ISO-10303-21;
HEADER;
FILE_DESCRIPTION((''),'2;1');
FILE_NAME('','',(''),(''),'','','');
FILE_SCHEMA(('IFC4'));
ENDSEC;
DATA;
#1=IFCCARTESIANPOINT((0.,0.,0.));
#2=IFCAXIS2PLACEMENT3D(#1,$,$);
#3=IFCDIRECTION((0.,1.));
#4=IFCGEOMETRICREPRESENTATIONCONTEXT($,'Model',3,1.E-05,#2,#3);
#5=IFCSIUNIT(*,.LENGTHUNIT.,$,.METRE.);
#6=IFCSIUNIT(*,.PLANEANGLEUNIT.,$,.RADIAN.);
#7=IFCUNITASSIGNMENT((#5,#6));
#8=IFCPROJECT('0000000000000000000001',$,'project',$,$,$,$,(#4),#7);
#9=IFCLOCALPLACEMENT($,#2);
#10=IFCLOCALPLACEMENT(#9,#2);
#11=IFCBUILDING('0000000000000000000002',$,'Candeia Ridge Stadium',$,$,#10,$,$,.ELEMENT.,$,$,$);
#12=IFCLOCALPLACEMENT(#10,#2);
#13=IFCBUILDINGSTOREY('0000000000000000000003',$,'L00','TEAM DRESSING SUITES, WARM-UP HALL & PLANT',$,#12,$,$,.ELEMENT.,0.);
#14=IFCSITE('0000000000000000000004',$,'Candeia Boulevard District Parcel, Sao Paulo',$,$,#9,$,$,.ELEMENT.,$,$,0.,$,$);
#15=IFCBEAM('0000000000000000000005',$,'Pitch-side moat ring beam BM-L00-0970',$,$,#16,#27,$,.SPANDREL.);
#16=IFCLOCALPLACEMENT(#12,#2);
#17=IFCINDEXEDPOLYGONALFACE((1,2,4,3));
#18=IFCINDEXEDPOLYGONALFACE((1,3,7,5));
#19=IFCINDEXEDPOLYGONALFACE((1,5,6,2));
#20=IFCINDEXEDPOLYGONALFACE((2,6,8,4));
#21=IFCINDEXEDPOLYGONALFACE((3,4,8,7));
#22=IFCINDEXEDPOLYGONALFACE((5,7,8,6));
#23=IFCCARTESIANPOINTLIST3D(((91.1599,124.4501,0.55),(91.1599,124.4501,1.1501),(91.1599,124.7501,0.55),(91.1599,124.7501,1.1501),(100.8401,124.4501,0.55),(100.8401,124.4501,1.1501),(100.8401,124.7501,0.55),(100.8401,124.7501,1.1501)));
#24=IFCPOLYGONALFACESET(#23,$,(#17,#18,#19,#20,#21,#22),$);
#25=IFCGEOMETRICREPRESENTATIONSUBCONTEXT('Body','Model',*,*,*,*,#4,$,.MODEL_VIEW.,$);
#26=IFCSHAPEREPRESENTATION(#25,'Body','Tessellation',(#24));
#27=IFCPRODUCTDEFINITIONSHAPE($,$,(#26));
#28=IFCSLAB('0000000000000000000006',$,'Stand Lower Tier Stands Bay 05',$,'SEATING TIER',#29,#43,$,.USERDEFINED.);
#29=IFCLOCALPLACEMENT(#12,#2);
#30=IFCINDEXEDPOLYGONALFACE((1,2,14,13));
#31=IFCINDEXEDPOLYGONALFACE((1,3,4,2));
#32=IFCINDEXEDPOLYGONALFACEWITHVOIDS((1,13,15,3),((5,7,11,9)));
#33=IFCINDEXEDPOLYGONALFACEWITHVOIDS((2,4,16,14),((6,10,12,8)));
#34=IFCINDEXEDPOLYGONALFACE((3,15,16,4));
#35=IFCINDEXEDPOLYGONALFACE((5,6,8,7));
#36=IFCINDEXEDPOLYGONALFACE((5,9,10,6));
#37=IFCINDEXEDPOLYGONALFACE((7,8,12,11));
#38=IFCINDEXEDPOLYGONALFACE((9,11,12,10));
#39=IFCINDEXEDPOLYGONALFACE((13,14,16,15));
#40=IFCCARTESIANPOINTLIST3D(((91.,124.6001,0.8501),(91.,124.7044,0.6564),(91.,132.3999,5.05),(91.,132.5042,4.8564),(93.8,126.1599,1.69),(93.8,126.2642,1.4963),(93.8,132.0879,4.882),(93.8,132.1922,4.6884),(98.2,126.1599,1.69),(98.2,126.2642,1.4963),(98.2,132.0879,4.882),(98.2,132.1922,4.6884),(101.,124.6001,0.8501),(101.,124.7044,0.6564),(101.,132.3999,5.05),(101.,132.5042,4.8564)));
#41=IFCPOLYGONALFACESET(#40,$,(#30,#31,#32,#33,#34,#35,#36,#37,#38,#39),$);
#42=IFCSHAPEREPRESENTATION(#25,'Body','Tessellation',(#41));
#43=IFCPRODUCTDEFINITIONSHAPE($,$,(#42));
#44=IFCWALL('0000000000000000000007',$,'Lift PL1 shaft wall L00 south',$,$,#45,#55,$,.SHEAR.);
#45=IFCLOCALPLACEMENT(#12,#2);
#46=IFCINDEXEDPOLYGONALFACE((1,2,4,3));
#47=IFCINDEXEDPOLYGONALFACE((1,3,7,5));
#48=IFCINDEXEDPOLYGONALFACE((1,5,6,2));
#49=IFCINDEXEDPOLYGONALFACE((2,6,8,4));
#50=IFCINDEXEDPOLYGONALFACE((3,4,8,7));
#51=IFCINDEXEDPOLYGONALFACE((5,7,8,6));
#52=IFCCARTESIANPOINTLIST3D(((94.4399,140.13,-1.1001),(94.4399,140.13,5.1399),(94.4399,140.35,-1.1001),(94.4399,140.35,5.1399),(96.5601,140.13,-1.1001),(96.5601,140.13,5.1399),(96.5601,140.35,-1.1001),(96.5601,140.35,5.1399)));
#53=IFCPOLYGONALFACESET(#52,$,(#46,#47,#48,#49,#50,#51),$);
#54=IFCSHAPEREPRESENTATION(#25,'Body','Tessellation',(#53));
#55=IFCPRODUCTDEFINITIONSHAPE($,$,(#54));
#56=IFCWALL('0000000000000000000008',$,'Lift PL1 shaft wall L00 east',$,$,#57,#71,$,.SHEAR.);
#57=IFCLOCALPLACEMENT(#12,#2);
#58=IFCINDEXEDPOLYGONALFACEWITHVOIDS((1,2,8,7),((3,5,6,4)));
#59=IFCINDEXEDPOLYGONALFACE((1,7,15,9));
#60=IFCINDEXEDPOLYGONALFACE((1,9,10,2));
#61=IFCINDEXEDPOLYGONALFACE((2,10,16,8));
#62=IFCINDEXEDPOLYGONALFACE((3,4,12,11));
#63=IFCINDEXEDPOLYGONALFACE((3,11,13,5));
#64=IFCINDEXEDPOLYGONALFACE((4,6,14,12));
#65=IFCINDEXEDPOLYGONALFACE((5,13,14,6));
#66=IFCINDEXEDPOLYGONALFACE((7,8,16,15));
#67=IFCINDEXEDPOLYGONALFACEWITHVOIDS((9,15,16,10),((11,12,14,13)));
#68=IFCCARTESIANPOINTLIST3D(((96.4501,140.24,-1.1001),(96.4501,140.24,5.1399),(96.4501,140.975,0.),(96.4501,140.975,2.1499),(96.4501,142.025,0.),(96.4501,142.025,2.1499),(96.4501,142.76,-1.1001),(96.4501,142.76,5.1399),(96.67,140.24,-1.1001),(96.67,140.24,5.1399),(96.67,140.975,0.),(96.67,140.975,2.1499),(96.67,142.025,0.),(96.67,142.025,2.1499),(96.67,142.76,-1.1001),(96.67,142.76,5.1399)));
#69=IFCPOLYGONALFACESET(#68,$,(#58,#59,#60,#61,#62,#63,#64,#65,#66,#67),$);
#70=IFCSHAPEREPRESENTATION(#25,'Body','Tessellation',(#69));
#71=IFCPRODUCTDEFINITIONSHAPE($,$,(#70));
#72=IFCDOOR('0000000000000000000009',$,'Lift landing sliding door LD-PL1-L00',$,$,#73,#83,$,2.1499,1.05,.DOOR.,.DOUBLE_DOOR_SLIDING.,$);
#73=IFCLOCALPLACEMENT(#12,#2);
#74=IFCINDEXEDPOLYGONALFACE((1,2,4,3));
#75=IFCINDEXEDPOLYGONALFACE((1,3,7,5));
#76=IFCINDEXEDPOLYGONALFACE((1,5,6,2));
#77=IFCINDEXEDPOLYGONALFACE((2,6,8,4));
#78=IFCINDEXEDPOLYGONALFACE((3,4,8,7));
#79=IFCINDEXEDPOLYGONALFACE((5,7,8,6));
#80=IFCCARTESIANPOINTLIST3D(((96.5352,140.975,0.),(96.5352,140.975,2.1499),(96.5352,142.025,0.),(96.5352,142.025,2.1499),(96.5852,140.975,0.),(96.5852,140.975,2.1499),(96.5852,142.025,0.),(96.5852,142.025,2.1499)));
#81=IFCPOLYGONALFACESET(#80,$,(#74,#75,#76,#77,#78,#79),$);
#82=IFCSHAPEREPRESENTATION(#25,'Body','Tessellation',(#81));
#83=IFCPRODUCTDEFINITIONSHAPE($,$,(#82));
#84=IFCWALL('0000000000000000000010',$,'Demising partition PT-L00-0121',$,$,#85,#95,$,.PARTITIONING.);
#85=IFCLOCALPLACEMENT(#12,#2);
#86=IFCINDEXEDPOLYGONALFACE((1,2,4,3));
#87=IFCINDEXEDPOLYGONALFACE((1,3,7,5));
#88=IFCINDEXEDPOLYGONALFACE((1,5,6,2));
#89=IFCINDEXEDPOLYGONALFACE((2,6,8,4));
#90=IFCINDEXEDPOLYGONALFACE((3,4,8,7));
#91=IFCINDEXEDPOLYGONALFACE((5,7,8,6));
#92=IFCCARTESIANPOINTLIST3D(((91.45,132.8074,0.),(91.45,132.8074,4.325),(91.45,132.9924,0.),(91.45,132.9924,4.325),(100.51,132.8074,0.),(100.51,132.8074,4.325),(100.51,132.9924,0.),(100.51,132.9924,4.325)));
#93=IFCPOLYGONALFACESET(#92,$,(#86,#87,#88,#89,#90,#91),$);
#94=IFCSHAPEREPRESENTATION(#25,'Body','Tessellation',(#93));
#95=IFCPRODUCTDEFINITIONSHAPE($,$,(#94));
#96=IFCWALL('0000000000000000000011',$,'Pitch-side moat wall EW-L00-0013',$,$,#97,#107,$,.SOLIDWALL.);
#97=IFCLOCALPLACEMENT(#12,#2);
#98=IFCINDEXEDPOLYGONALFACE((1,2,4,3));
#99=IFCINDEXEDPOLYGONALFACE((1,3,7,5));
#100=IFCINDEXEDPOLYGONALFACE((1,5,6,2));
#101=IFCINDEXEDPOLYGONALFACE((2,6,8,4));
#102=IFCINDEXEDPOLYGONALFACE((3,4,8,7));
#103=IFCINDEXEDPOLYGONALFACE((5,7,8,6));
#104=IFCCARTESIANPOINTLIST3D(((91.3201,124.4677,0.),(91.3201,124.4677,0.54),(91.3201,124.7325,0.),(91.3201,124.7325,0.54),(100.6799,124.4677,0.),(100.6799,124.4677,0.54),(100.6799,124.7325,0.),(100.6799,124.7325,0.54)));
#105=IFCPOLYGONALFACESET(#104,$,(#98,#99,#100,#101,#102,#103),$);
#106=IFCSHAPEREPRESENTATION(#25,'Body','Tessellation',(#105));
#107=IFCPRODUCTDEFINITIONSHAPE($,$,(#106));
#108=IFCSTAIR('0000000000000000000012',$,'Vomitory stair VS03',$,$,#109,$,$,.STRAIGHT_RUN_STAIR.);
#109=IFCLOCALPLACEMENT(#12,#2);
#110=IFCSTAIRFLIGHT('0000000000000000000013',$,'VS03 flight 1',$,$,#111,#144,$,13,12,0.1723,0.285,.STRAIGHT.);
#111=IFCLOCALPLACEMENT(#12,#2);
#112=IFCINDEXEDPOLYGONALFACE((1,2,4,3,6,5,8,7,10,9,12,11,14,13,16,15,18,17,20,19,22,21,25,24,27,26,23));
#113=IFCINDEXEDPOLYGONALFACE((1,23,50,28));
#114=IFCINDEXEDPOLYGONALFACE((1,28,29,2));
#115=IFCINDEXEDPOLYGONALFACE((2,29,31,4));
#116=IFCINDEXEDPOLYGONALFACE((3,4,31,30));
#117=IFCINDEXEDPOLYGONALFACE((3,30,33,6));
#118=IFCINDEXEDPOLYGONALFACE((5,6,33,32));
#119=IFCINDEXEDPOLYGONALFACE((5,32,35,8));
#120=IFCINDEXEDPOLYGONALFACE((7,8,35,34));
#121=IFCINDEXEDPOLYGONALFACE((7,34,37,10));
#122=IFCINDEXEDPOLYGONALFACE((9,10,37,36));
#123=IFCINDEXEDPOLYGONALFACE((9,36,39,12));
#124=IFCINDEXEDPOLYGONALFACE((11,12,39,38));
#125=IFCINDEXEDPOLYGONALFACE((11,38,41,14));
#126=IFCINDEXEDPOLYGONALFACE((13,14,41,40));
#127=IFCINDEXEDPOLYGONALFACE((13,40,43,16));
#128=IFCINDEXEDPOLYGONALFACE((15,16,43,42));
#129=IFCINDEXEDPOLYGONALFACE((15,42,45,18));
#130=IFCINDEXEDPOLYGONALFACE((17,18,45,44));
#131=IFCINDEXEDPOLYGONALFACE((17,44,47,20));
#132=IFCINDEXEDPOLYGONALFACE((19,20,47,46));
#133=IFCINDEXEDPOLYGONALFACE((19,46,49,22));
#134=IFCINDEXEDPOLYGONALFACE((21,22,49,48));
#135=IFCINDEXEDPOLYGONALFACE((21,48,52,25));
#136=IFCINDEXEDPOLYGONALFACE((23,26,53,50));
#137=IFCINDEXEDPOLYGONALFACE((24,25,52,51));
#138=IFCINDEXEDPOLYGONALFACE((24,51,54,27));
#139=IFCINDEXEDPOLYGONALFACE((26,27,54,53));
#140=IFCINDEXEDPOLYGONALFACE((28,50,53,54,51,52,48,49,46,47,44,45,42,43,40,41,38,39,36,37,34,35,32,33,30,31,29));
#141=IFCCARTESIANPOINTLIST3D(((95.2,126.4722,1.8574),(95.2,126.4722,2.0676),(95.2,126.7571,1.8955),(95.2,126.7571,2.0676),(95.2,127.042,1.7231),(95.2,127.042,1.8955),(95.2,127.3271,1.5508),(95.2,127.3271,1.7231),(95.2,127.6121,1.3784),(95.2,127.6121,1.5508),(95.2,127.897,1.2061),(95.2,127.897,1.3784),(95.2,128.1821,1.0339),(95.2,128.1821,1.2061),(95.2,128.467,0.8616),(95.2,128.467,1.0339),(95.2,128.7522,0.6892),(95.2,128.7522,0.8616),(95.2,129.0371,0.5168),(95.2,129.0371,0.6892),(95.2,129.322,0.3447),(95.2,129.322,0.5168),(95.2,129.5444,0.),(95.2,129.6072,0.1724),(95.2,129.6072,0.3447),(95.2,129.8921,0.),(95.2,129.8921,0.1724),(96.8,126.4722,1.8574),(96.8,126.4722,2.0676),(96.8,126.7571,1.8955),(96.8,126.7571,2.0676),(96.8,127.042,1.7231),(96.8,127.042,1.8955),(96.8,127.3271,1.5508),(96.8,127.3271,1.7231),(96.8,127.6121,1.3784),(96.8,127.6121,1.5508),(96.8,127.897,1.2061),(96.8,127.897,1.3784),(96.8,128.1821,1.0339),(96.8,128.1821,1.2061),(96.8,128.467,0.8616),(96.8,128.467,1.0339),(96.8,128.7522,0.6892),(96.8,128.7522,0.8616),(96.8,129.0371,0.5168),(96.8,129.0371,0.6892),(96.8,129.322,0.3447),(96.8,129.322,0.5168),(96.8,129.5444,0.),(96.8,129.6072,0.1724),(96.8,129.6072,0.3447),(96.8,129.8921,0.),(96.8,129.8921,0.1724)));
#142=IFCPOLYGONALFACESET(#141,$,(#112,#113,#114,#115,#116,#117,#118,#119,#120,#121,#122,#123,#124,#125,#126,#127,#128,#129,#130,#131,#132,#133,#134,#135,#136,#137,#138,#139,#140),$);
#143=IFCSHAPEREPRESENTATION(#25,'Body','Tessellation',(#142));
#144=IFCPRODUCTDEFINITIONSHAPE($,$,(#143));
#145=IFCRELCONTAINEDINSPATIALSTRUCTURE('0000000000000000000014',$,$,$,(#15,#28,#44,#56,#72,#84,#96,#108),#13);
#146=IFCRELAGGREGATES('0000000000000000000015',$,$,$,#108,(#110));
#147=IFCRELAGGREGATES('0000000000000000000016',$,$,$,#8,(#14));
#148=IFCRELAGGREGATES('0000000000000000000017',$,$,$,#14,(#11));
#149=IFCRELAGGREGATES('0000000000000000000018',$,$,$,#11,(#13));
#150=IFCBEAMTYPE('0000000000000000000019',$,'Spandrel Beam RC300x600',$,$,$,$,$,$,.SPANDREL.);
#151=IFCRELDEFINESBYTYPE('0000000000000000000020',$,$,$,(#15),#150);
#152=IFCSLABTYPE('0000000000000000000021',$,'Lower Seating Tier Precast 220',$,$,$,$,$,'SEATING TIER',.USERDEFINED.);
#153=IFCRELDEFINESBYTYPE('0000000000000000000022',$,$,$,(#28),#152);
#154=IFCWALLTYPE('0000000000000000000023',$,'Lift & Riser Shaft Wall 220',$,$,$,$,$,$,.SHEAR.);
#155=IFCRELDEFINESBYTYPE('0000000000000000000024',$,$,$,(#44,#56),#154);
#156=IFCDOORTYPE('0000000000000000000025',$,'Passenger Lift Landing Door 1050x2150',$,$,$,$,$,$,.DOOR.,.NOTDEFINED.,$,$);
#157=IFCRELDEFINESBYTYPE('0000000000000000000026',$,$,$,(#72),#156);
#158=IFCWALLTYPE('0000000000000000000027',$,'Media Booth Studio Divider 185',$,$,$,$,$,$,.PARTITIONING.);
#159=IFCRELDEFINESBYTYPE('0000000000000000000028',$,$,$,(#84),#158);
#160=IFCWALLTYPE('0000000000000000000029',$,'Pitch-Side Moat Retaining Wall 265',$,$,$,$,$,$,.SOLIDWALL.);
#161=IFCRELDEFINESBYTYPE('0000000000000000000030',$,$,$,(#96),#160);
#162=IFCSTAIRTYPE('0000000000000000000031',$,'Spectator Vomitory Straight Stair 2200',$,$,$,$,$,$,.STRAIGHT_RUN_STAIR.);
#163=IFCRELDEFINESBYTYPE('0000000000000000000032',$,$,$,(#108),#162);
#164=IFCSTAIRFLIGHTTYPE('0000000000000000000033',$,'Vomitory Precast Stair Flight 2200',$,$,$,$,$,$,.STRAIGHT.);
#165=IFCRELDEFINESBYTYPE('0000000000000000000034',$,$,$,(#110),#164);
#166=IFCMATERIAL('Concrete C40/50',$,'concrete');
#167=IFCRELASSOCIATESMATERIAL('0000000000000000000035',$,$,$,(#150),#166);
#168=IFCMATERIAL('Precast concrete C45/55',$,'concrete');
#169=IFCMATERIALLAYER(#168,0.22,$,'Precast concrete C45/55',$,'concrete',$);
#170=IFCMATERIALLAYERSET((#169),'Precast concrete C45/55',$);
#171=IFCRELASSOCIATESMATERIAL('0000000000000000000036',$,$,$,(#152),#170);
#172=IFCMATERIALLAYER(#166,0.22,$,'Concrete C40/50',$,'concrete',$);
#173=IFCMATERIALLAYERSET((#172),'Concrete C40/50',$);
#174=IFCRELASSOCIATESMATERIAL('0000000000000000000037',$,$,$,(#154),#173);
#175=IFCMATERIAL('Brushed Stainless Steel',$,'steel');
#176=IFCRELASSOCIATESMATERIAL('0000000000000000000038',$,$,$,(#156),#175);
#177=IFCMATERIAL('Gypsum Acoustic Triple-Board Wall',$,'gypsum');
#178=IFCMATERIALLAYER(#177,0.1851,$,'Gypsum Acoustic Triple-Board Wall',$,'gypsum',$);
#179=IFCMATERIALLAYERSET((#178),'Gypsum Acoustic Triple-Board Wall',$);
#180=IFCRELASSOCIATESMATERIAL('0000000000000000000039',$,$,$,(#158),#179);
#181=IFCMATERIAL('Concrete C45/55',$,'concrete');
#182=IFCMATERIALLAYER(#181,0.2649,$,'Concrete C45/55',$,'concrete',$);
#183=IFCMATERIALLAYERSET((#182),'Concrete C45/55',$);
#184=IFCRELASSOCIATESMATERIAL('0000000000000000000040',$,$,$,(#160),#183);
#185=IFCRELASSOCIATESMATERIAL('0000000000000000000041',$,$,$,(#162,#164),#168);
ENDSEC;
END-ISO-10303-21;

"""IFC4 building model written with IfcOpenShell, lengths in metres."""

from ifc_helpers import new_model, si_unit, direction, frame, frame_2d, origin, origin_2d, place, context, subcontext, project, spatial, polyline, rectangle, outline, extrude, material, layer, layer_set, material_profile, profile_set, type_object, element, fill, aggregate, save


model = new_model("IFC4")

# Units and contexts
model_context = context("Model", 3, precision=1e-05, world=origin(), true_north=direction((0.0, 1.0)))
body_context = subcontext(model_context, "Body", "Model", "MODEL_VIEW")
ifc_project = project(units=[si_unit("LENGTHUNIT", "METRE"), si_unit("PLANEANGLEUNIT", "RADIAN")], contexts=[model_context])

# Site, building, storey
site_placement = place(None, origin())
site = spatial("IfcSite", under=ifc_project, at=site_placement, Name="Candeia Boulevard District Parcel, Sao Paulo", CompositionType="ELEMENT", RefElevation=0.0)
building_placement = place(site_placement, origin())
building = spatial("IfcBuilding", under=site, at=building_placement, Name="Candeia Ridge Stadium", CompositionType="ELEMENT")
storey_placement = place(building_placement, origin())
storey = spatial("IfcBuildingStorey", under=building, at=storey_placement, Name="L00", Description="TEAM DRESSING SUITES, WARM-UP HALL & PLANT", CompositionType="ELEMENT", Elevation=0.0)

# Shared definitions
ifc_material_1 = material(Name="Concrete C40/50", Category="concrete")

# Beam
ifc_material_2 = material(Name="Concrete C45/55", Category="concrete")
ifc_material_profile_1 = material_profile(ifc_material_1, rectangle(XDim=0.3, YDim=0.6001, at=origin_2d()), Name="RC300x600", Category="concrete")
ifc_profile_set_1 = profile_set([ifc_material_profile_1], Name="Concrete C40/50")
beam_type_1 = type_object("IfcBeamType", Name="Spandrel Beam RC300x600", PredefinedType="SPANDREL", material=ifc_profile_set_1)
beam_1_placement = place(storey_placement, frame((100.8401, 124.6001, 0.8501), z_axis=(-1.0, 0.0, 0.0), x_axis=(0.0, -1.0, 0.0)))
element("IfcBeam", 1, at=beam_1_placement, inside=storey, type_object=beam_type_1, Name="Pitch-side moat ring beam BM-L00-0970", PredefinedType="SPANDREL", context=body_context, shape_type="SweptSolid", body=[
    extrude(rectangle(XDim=0.3, YDim=0.6001, at=origin_2d()), origin(), (0.0, 0.0, 1.0), 9.6802),
])

# Slab
ifc_material_3 = material(Name="Precast concrete C45/55", Category="concrete")
ifc_layer_1 = layer(ifc_material_3, 0.22, Name="Precast concrete C45/55", Category="concrete")
ifc_layer_set_1 = layer_set([ifc_layer_1], Name="Precast concrete C45/55")
slab_type = type_object("IfcSlabType", Name="Lower Seating Tier Precast 220", ElementType="SEATING TIER", PredefinedType="USERDEFINED", material=ifc_layer_set_1)
slab_placement = place(storey_placement, frame((101.0, 124.6001, 0.8501), z_axis=(0.0, -0.474105, 0.880468), x_axis=(-1.0, 0.0, 0.0)))
element("IfcSlab", 2, at=slab_placement, inside=storey, type_object=slab_type, Name="Stand Lower Tier Stands Bay 05", ObjectType="SEATING TIER", PredefinedType="USERDEFINED", context=body_context, shape_type="SweptSolid", body=[
    extrude(outline(polyline([(0.0, 0.0), (10.0, 0.0), (10.0, -8.8587), (0.0, -8.8587), (0.0, 0.0)]), holes=[polyline([(2.8, -1.7715), (7.2, -1.7715), (7.2, -8.5043), (2.8, -8.5043), (2.8, -1.7715)])]), origin(), (0.0, 0.0, -1.0), 0.22),
])

# Wall
ifc_layer_2 = layer(ifc_material_1, 0.22, Name="Concrete C40/50", Category="concrete")
ifc_layer_set_2 = layer_set([ifc_layer_2], Name="Concrete C40/50")
wall_type_1 = type_object("IfcWallType", Name="Lift & Riser Shaft Wall 220", PredefinedType="SHEAR", material=ifc_layer_set_2)
wall_1_placement = place(storey_placement, frame((94.4399, 140.24, -1.1001), z_axis=(0.0, 0.0, 1.0), x_axis=(1.0, 0.0, 0.0)))
element("IfcWall", 3, at=wall_1_placement, inside=storey, type_object=wall_type_1, Name="Lift PL1 shaft wall L00 south", PredefinedType="SHEAR", context=body_context, shape_type="SweptSolid", body=[
    extrude(rectangle(XDim=2.1201, YDim=0.22, at=frame_2d((1.0601, 0.0))), origin(), (0.0, 0.0, 1.0), 6.24),
])

# Wall, opening, door
wall_2_placement = place(storey_placement, frame((96.5601, 140.24, -1.1001), z_axis=(0.0, 0.0, 1.0), x_axis=(0.0, 1.0, 0.0)))
wall_2 = element("IfcWall", 4, at=wall_2_placement, inside=storey, type_object=wall_type_1, Name="Lift PL1 shaft wall L00 east", PredefinedType="SHEAR", context=body_context, shape_type="SweptSolid", body=[
    extrude(rectangle(XDim=2.52, YDim=0.22, at=frame_2d((1.26, 0.0))), origin(), (0.0, 0.0, 1.0), 6.24),
])
opening_placement = place(wall_2_placement, frame((0.7351, 0.0, 1.1001)))
opening = element("IfcOpeningElement", 5, at=opening_placement, cuts=wall_2, PredefinedType="OPENING", context=body_context, shape_type="SweptSolid", body=[
    extrude(rectangle(XDim=1.05, YDim=2.1499, at=frame_2d((0.5249, 1.075))), frame((0.0, 0.1199, 0.0), z_axis=(0.0, -1.0, 0.0), x_axis=(1.0, 0.0, 0.0)), (0.0, 0.0, 1.0), 0.24),
])
ifc_material_4 = material(Name="Brushed Stainless Steel", Category="steel")
door_type = type_object("IfcDoorType", Name="Passenger Lift Landing Door 1050x2150", OperationType="NOTDEFINED", PredefinedType="DOOR", material=ifc_material_4)
door_placement = place(opening_placement, origin())
door = element("IfcDoor", 6, at=door_placement, inside=storey, type_object=door_type, Name="Lift landing sliding door LD-PL1-L00", OperationType="DOUBLE_DOOR_SLIDING", OverallHeight=2.1499, OverallWidth=1.05, PredefinedType="DOOR", context=body_context, shape_type="SweptSolid", body=[
    extrude(rectangle(XDim=1.05, YDim=2.1499, at=frame_2d((0.5249, 1.075))), frame((0.0, 0.0249, 0.0), z_axis=(0.0, -1.0, 0.0), x_axis=(1.0, 0.0, 0.0)), (0.0, 0.0, 1.0), 0.05),
])
fill(opening, door)

# Walls
ifc_material_5 = material(Name="Gypsum Acoustic Triple-Board Wall", Category="gypsum")
ifc_layer_3 = layer(ifc_material_5, 0.1851, Name="Gypsum Acoustic Triple-Board Wall", Category="gypsum")
ifc_layer_set_3 = layer_set([ifc_layer_3], Name="Gypsum Acoustic Triple-Board Wall")
wall_type_2 = type_object("IfcWallType", Name="Media Booth Studio Divider 185", PredefinedType="PARTITIONING", material=ifc_layer_set_3)
wall_3_placement = place(storey_placement, frame((100.51, 132.8999, 0.0), z_axis=(0.0, 0.0, 1.0), x_axis=(-1.0, 0.0, 0.0)))
element("IfcWall", 7, at=wall_3_placement, inside=storey, type_object=wall_type_2, Name="Demising partition PT-L00-0121", PredefinedType="PARTITIONING", context=body_context, shape_type="SweptSolid", body=[
    extrude(rectangle(XDim=9.0601, YDim=0.1851, at=frame_2d((4.53, 0.0))), origin(), (0.0, 0.0, 1.0), 4.325),
])
ifc_layer_4 = layer(ifc_material_2, 0.2649, Name="Concrete C45/55", Category="concrete")
ifc_layer_set_4 = layer_set([ifc_layer_4], Name="Concrete C45/55")
wall_type_3 = type_object("IfcWallType", Name="Pitch-Side Moat Retaining Wall 265", PredefinedType="SOLIDWALL", material=ifc_layer_set_4)
wall_4_placement = place(storey_placement, frame((100.6799, 124.6001, 0.0), z_axis=(0.0, 0.0, 1.0), x_axis=(-1.0, 0.0, 0.0)))
element("IfcWall", 8, at=wall_4_placement, inside=storey, type_object=wall_type_3, Name="Pitch-side moat wall EW-L00-0013", PredefinedType="SOLIDWALL", context=body_context, shape_type="SweptSolid", body=[
    extrude(rectangle(XDim=9.3599, YDim=0.2649, at=frame_2d((4.6799, 0.0))), origin(), (0.0, 0.0, 1.0), 0.54),
])

# Stair, stair flight
stair_type = type_object("IfcStairType", Name="Spectator Vomitory Straight Stair 2200", PredefinedType="STRAIGHT_RUN_STAIR", material=ifc_material_3)
stair_placement = place(storey_placement, origin())
stair = element("IfcStair", 9, at=stair_placement, inside=storey, type_object=stair_type, Name="Vomitory stair VS03", PredefinedType="STRAIGHT_RUN_STAIR")
stair_flight_type = type_object("IfcStairFlightType", Name="Vomitory Precast Stair Flight 2200", PredefinedType="STRAIGHT", material=ifc_material_3)
stair_flight_placement = place(storey_placement, frame((96.0, 129.8921, 0.0), z_axis=(0.0, 0.0, 1.0), x_axis=(0.0, -1.0, 0.0)))
stair_flight = element("IfcStairFlight", 10, at=stair_flight_placement, type_object=stair_flight_type, Name="VS03 flight 1", NumberOfRisers=13, NumberOfTreads=12, PredefinedType="STRAIGHT", RiserHeight=0.1723, TreadLength=0.285, context=body_context, shape_type="SweptSolid", body=[
    extrude(outline(polyline([(0.0, 0.0), (0.0, 0.1724), (0.2849, 0.1724), (0.2849, 0.3447), (0.5701, 0.3447), (0.5701, 0.5168), (0.855, 0.5168), (0.855, 0.6892), (1.1399, 0.6892), (1.1399, 0.8616), (1.425, 0.8616), (1.425, 1.0339), (1.71, 1.0339), (1.71, 1.2061), (1.9951, 1.2061), (1.9951, 1.3784), (2.28, 1.3784), (2.28, 1.5508), (2.5649, 1.5508), (2.5649, 1.7231), (2.8501, 1.7231), (2.8501, 1.8955), (3.135, 1.8955), (3.135, 2.0676), (3.4199, 2.0676), (3.4199, 2.24), (3.4199, 1.8574), (0.3477, 0.0), (0.0, 0.0)])), frame((0.0, 0.8, 0.0), z_axis=(0.0, -1.0, 0.0), x_axis=(1.0, 0.0, 0.0)), (0.0, 0.0, 1.0), 1.6001),
])
aggregate(stair, [stair_flight])

save(model, "model.ifc")
